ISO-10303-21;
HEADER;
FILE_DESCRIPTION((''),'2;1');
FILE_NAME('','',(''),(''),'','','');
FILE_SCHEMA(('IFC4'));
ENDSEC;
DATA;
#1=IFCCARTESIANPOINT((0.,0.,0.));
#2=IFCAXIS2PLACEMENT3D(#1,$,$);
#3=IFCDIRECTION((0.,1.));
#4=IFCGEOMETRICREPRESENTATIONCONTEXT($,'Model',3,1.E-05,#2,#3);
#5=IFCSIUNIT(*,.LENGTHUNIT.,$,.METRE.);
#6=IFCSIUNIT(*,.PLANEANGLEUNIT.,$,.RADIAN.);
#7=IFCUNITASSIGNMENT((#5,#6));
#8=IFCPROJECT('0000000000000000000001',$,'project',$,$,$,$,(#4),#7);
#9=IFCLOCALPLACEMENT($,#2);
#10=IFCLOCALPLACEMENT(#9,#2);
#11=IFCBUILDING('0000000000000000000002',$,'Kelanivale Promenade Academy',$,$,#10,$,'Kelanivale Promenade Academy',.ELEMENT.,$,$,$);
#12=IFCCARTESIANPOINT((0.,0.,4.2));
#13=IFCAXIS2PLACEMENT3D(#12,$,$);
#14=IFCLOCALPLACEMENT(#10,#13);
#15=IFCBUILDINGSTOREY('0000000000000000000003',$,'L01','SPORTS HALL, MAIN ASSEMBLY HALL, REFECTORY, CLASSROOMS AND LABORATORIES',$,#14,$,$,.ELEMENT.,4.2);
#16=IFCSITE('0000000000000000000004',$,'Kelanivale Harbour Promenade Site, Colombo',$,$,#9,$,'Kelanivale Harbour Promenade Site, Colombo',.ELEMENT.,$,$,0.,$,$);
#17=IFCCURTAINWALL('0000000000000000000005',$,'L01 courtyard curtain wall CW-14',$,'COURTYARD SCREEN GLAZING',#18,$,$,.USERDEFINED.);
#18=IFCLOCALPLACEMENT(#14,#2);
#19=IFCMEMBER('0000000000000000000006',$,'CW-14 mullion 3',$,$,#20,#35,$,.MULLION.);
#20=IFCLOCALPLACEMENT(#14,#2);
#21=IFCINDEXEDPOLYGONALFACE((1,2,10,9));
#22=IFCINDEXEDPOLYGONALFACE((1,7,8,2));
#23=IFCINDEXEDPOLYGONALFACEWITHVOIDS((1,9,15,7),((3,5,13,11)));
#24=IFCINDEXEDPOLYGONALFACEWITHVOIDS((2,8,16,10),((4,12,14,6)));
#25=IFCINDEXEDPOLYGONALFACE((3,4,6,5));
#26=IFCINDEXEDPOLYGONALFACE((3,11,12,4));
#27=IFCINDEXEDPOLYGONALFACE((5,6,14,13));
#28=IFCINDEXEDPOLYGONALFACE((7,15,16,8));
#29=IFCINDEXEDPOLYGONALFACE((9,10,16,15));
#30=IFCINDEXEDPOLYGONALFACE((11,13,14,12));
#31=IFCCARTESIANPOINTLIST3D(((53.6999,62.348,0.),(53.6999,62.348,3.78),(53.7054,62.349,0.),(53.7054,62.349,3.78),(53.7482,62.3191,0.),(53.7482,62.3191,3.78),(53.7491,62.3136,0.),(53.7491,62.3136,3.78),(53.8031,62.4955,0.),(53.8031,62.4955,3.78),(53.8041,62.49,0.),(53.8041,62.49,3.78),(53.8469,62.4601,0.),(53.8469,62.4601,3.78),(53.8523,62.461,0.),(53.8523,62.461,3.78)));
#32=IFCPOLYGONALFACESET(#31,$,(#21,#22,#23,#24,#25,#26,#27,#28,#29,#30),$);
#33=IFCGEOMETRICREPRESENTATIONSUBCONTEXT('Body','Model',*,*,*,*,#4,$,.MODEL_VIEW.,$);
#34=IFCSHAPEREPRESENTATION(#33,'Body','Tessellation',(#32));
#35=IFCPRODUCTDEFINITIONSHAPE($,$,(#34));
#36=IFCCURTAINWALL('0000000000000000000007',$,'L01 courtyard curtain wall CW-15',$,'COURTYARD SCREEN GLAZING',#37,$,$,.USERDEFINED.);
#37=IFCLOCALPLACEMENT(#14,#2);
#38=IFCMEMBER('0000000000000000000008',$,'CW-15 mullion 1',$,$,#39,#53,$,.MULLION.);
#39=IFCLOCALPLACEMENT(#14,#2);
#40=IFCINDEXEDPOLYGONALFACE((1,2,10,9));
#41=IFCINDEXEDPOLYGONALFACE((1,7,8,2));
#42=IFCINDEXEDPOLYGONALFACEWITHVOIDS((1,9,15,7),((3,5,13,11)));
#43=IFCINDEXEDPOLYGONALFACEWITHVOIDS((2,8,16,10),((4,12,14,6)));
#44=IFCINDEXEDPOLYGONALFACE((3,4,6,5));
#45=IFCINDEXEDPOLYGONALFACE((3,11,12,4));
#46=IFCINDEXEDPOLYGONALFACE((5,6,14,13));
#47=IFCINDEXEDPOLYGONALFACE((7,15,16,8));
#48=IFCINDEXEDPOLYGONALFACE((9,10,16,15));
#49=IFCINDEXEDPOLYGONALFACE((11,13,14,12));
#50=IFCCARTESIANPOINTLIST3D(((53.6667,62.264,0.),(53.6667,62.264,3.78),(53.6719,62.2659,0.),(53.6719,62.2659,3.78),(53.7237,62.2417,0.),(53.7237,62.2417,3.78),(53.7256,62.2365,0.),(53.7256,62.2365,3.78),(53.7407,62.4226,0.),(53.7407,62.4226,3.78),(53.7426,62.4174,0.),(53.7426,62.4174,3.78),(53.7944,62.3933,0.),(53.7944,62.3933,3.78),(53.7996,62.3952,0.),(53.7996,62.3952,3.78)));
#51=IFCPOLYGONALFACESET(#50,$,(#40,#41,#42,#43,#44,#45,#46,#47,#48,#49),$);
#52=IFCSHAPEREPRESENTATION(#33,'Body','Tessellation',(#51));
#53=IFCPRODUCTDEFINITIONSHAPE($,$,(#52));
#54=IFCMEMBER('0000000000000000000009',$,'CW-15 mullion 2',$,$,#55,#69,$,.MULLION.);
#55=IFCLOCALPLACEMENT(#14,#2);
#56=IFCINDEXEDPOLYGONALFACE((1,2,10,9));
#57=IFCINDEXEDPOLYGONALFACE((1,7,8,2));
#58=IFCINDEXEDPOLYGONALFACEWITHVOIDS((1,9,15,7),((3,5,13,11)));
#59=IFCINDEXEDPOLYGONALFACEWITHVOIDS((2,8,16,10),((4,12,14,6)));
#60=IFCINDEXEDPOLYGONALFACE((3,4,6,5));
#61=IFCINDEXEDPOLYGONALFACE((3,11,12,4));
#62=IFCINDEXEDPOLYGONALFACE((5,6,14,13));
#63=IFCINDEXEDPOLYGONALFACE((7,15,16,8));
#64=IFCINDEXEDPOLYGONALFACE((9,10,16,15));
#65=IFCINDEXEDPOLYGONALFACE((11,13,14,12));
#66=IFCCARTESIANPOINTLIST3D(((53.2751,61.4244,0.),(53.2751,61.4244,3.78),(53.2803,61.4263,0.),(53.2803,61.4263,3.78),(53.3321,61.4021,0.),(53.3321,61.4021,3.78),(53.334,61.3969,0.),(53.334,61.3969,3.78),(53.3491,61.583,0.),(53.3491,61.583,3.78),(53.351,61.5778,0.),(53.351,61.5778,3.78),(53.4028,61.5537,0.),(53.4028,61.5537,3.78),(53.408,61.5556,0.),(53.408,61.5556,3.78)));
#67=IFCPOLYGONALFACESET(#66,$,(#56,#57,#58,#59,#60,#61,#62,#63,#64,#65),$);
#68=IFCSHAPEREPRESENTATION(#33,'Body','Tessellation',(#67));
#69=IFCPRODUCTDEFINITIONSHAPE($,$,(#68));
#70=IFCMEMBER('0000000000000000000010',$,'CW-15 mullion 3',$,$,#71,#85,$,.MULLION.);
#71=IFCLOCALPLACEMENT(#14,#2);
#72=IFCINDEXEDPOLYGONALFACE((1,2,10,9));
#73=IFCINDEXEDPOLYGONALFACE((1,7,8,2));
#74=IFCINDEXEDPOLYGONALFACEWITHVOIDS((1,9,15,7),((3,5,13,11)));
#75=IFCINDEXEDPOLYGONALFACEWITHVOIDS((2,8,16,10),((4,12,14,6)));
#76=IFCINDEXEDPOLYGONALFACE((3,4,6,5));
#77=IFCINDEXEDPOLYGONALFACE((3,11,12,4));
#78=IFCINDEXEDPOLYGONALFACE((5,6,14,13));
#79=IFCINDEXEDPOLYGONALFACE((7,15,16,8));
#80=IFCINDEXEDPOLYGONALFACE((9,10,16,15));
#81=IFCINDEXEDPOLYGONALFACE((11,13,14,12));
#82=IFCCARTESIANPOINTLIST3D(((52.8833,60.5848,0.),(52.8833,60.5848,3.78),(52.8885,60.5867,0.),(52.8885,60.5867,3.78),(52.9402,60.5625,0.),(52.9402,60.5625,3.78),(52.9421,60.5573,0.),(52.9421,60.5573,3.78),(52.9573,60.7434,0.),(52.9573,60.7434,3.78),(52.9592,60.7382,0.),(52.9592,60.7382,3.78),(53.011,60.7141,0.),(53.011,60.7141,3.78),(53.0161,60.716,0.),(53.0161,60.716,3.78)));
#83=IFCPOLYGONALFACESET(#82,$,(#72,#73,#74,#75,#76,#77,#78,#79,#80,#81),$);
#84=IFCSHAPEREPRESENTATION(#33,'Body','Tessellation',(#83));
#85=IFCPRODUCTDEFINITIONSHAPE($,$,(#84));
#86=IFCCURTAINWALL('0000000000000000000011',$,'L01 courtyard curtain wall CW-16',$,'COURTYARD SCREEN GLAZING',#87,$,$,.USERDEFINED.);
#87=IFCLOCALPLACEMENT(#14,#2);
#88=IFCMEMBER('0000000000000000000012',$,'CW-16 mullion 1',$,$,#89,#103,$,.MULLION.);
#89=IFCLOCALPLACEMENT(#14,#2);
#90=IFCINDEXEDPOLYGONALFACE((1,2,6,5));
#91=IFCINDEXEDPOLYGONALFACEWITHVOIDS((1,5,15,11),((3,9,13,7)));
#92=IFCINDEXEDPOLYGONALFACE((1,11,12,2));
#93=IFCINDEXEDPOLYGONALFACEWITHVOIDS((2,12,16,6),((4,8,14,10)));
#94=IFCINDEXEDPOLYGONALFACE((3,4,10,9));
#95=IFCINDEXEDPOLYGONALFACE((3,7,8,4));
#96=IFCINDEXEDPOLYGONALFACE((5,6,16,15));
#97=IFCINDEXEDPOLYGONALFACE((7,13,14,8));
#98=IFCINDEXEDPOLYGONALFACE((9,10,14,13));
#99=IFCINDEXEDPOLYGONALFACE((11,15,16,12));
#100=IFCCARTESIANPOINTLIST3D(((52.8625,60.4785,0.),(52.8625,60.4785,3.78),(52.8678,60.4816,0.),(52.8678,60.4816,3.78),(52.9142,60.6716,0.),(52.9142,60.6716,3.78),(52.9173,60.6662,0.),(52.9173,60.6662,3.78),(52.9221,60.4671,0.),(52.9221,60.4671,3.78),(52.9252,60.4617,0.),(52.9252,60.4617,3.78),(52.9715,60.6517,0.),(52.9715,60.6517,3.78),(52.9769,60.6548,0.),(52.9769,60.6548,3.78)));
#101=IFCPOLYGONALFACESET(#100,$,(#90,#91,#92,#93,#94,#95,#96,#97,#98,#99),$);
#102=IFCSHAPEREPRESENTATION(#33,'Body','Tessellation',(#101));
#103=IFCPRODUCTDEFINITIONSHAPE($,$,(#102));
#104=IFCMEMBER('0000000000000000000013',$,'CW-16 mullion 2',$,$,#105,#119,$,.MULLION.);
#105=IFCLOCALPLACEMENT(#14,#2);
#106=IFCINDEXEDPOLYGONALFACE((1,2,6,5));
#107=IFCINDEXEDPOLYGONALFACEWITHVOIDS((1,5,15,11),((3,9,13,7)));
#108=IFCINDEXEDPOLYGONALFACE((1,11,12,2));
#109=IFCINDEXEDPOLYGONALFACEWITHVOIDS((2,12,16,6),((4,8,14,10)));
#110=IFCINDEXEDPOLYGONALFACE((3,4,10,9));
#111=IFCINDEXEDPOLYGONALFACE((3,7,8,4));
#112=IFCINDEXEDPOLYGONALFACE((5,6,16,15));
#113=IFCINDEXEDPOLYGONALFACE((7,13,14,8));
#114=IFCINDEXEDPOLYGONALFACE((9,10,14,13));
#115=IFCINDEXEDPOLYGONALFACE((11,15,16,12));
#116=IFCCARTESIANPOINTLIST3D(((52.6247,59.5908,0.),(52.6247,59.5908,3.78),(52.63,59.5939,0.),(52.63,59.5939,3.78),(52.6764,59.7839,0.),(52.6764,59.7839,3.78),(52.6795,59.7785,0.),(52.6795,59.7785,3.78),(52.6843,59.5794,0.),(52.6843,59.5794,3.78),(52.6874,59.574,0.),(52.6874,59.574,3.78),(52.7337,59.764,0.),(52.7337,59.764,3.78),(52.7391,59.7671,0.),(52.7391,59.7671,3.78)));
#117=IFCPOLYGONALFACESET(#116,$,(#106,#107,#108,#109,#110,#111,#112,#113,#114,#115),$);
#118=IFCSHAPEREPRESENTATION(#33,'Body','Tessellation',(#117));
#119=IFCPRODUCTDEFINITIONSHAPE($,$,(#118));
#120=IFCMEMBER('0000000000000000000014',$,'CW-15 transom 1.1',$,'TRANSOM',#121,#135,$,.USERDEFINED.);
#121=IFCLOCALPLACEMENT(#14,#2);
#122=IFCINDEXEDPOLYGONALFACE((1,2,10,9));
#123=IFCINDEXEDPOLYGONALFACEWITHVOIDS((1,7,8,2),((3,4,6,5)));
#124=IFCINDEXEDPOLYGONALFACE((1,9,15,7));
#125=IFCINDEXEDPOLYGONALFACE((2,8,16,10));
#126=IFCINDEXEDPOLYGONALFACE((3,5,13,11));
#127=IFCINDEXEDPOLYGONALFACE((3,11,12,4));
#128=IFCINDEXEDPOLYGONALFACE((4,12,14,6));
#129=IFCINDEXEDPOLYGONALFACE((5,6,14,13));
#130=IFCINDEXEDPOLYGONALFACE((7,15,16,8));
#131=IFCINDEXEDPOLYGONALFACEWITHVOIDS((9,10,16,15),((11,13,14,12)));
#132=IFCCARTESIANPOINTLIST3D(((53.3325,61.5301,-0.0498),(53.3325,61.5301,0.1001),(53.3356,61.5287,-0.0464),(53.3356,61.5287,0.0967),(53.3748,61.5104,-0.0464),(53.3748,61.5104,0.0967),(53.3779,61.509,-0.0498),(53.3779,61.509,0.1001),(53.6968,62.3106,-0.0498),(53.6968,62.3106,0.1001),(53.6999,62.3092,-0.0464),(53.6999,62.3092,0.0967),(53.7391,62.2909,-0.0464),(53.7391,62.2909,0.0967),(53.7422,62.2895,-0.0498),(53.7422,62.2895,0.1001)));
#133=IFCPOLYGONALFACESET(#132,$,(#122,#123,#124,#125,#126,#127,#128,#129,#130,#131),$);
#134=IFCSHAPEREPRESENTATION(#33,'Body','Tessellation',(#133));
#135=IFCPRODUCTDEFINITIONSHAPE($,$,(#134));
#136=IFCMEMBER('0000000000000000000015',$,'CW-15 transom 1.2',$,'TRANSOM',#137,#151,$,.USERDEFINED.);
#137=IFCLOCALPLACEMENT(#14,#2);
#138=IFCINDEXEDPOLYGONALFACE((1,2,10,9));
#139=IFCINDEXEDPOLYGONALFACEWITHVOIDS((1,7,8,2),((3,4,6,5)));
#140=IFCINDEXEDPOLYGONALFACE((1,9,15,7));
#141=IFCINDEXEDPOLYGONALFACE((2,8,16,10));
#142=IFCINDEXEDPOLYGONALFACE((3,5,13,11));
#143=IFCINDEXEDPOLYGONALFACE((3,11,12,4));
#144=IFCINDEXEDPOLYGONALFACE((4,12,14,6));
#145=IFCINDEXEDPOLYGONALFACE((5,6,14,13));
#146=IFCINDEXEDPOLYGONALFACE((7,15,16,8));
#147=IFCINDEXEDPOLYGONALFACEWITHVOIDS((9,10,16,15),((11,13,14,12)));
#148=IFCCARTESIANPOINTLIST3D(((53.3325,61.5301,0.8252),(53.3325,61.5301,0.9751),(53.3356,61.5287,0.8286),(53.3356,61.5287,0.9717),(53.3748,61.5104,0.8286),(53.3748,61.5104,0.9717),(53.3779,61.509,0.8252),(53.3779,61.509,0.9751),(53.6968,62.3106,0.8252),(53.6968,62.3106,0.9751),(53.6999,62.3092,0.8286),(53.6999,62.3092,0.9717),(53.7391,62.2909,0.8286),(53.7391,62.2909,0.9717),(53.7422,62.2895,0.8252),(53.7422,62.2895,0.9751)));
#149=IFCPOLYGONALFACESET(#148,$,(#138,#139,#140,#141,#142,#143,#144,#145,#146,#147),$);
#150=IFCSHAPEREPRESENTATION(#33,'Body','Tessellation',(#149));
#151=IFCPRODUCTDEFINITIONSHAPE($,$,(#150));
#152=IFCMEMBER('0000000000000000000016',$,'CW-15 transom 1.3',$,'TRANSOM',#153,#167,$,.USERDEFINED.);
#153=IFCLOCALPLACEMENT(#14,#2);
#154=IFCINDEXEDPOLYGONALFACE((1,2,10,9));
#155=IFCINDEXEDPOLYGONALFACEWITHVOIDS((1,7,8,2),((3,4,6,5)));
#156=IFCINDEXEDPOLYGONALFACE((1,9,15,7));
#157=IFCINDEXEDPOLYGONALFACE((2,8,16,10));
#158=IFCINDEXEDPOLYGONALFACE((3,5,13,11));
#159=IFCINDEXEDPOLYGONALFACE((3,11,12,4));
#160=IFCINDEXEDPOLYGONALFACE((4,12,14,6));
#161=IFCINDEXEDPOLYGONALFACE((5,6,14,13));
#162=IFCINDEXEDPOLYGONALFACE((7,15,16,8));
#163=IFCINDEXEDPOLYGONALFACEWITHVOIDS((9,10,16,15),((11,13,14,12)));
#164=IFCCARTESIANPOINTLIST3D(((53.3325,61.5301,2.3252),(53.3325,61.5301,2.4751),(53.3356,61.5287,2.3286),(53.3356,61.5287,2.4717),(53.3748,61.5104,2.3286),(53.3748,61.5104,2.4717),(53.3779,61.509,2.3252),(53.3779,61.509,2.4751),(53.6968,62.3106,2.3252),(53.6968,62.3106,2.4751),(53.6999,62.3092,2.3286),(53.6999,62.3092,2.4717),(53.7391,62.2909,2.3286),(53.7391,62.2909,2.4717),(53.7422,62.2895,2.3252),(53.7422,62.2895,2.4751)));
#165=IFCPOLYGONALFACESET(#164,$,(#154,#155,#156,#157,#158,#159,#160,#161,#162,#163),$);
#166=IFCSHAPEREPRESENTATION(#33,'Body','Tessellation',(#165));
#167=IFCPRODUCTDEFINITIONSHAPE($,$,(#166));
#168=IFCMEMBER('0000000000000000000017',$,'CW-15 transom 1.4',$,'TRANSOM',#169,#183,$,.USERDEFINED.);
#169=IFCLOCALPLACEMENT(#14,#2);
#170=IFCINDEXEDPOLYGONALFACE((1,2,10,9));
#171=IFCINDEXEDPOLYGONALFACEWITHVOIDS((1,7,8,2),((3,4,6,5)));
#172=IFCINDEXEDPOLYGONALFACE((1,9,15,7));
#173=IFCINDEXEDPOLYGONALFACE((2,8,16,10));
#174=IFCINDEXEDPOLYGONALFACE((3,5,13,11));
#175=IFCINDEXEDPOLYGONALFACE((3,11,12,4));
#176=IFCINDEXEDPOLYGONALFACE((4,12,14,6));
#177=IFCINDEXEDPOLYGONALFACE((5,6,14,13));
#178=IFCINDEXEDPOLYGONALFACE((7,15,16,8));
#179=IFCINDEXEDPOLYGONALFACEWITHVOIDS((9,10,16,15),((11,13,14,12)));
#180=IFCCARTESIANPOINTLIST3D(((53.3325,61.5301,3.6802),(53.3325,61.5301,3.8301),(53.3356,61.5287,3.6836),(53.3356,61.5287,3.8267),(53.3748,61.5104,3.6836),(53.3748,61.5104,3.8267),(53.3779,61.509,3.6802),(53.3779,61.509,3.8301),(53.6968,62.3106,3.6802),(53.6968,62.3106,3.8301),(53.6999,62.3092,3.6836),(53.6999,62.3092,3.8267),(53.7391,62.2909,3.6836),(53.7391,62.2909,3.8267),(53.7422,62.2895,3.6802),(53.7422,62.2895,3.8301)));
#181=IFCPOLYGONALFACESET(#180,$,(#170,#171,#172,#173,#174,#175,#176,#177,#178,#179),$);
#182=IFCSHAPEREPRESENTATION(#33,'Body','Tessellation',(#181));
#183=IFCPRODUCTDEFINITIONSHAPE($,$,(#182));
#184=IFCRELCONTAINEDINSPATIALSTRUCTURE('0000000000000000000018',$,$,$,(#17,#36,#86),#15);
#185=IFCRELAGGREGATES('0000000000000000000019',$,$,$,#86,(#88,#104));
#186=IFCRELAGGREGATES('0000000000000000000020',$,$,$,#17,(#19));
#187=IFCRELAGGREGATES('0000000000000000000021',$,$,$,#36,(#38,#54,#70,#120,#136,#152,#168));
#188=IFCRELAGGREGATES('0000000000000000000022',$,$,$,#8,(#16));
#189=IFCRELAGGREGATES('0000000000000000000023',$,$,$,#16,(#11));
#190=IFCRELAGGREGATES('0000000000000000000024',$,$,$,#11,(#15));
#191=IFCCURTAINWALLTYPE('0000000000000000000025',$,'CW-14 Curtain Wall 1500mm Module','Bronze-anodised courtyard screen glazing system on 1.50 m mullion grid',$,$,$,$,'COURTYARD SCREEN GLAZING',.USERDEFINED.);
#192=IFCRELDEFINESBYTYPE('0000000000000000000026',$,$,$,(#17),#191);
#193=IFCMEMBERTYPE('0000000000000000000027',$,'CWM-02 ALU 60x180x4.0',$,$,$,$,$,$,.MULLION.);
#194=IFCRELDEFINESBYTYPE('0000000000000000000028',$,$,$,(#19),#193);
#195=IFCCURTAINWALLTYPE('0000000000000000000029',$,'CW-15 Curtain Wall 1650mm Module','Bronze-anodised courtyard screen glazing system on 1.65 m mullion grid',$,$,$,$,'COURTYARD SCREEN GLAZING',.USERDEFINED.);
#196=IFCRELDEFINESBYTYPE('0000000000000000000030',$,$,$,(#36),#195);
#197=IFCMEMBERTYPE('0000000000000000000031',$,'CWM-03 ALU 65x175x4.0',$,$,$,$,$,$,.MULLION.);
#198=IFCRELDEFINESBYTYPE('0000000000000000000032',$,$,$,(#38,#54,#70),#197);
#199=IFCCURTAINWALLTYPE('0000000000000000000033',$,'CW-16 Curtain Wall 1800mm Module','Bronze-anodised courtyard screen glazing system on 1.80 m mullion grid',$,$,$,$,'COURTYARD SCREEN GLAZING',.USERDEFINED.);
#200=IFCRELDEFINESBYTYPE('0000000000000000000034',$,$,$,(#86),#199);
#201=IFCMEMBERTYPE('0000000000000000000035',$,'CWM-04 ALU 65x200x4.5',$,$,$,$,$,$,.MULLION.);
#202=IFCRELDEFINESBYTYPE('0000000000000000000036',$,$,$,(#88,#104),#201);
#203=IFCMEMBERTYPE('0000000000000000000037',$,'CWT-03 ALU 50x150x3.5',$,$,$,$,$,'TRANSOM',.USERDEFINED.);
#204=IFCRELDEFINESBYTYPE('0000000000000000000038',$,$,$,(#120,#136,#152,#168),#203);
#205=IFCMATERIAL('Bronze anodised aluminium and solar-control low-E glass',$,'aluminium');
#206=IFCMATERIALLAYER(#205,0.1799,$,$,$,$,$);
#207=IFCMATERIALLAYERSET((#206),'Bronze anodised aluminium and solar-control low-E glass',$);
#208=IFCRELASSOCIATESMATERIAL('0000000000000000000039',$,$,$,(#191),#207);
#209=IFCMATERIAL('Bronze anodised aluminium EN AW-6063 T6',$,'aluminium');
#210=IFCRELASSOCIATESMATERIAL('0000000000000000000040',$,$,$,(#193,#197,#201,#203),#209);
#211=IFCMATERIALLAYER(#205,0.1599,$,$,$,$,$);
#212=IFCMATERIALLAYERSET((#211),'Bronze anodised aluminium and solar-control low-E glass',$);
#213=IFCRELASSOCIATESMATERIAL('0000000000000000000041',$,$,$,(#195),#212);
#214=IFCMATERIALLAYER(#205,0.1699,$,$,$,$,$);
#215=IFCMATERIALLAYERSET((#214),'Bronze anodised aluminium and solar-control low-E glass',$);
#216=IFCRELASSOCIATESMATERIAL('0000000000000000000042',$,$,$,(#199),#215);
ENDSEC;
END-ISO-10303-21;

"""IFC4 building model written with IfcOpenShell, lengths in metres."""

from ifc_helpers import new_model, si_unit, direction, frame, origin, origin_2d, place, context, subcontext, project, spatial, hollow_rectangle, extrude, material, layer, layer_set, material_profile, profile_set, type_object, element, aggregate, save


model = new_model("IFC4")

# Units and contexts
model_context = context("Model", 3, precision=1e-05, world=origin(), true_north=direction((0.0, 1.0)))
body_context = subcontext(model_context, "Body", "Model", "MODEL_VIEW")
ifc_project = project(units=[si_unit("LENGTHUNIT", "METRE"), si_unit("PLANEANGLEUNIT", "RADIAN")], contexts=[model_context])

# Site, building, storey
site_placement = place(None, origin())
site = spatial("IfcSite", under=ifc_project, at=site_placement, Name="Kelanivale Harbour Promenade Site, Colombo", LongName="Kelanivale Harbour Promenade Site, Colombo", CompositionType="ELEMENT", RefElevation=0.0)
building_placement = place(site_placement, origin())
building = spatial("IfcBuilding", under=site, at=building_placement, Name="Kelanivale Promenade Academy", LongName="Kelanivale Promenade Academy", CompositionType="ELEMENT")
storey_placement = place(building_placement, frame((0.0, 0.0, 4.2)))
storey = spatial("IfcBuildingStorey", under=building, at=storey_placement, Name="L01", Description="SPORTS HALL, MAIN ASSEMBLY HALL, REFECTORY, CLASSROOMS AND LABORATORIES", CompositionType="ELEMENT", Elevation=4.2)

# Curtain wall, member
ifc_material_1 = material(Name="Bronze anodised aluminium and solar-control low-E glass", Category="aluminium")
ifc_layer_1 = layer(ifc_material_1, 0.1799)
ifc_layer_set_1 = layer_set([ifc_layer_1], Name="Bronze anodised aluminium and solar-control low-E glass")
curtain_wall_type_1 = type_object("IfcCurtainWallType", Name="CW-14 Curtain Wall 1500mm Module", Description="Bronze-anodised courtyard screen glazing system on 1.50 m mullion grid", ElementType="COURTYARD SCREEN GLAZING", PredefinedType="USERDEFINED", material=ifc_layer_set_1)
curtain_wall_1_placement = place(storey_placement, origin())
curtain_wall_1 = element("IfcCurtainWall", 1, at=curtain_wall_1_placement, inside=storey, type_object=curtain_wall_type_1, Name="L01 courtyard curtain wall CW-14", ObjectType="COURTYARD SCREEN GLAZING", PredefinedType="USERDEFINED")
ifc_material_2 = material(Name="Bronze anodised aluminium EN AW-6063 T6", Category="aluminium")
ifc_material_profile_1 = material_profile(ifc_material_2, hollow_rectangle(XDim=0.0601, YDim=0.1799, WallThickness=0.0039, at=origin_2d()), Name="ALU 60x180x4.0")
ifc_profile_set_1 = profile_set([ifc_material_profile_1], Name="Bronze anodised aluminium EN AW-6063 T6")
member_type_1 = type_object("IfcMemberType", Name="CWM-02 ALU 60x180x4.0", PredefinedType="MULLION", material=ifc_profile_set_1)
member_1_placement = place(storey_placement, frame((53.7761, 62.4045, 0.0), z_axis=(0.0, 0.0, 1.0), x_axis=(0.819306, -0.573357, 0.0)))
member_1 = element("IfcMember", 2, at=member_1_placement, type_object=member_type_1, Name="CW-14 mullion 3", PredefinedType="MULLION", context=body_context, shape_type="SweptSolid", body=[
    extrude(hollow_rectangle(XDim=0.0601, YDim=0.1799, WallThickness=0.0039, at=origin_2d()), origin(), (0.0, 0.0, 1.0), 3.78),
])

# Curtain walls, members
ifc_layer_2 = layer(ifc_material_1, 0.1599)
ifc_layer_set_2 = layer_set([ifc_layer_2], Name="Bronze anodised aluminium and solar-control low-E glass")
curtain_wall_type_2 = type_object("IfcCurtainWallType", Name="CW-15 Curtain Wall 1650mm Module", Description="Bronze-anodised courtyard screen glazing system on 1.65 m mullion grid", ElementType="COURTYARD SCREEN GLAZING", PredefinedType="USERDEFINED", material=ifc_layer_set_2)
curtain_wall_2_placement = place(storey_placement, origin())
curtain_wall_2 = element("IfcCurtainWall", 3, at=curtain_wall_2_placement, inside=storey, type_object=curtain_wall_type_2, Name="L01 courtyard curtain wall CW-15", ObjectType="COURTYARD SCREEN GLAZING", PredefinedType="USERDEFINED")
ifc_material_profile_2 = material_profile(ifc_material_2, hollow_rectangle(XDim=0.0649, YDim=0.175, WallThickness=0.0039, at=origin_2d()), Name="ALU 65x175x4.0")
ifc_profile_set_2 = profile_set([ifc_material_profile_2], Name="Bronze anodised aluminium EN AW-6063 T6")
member_type_2 = type_object("IfcMemberType", Name="CWM-03 ALU 65x175x4.0", PredefinedType="MULLION", material=ifc_profile_set_2)
member_2_placement = place(storey_placement, frame((53.7332, 62.3296, 0.0), z_axis=(0.0, 0.0, 1.0), x_axis=(0.906196, -0.422857, 0.0)))
member_2 = element("IfcMember", 4, at=member_2_placement, type_object=member_type_2, Name="CW-15 mullion 1", PredefinedType="MULLION", context=body_context, shape_type="SweptSolid", body=[
    extrude(hollow_rectangle(XDim=0.0649, YDim=0.175, WallThickness=0.0039, at=origin_2d()), origin(), (0.0, 0.0, 1.0), 3.78),
])
member_3_placement = place(storey_placement, frame((53.3416, 61.49, 0.0), z_axis=(0.0, 0.0, 1.0), x_axis=(0.906196, -0.422857, 0.0)))
member_3 = element("IfcMember", 5, at=member_3_placement, type_object=member_type_2, Name="CW-15 mullion 2", PredefinedType="MULLION", context=body_context, shape_type="SweptSolid", body=[
    extrude(hollow_rectangle(XDim=0.0649, YDim=0.175, WallThickness=0.0039, at=origin_2d()), origin(), (0.0, 0.0, 1.0), 3.78),
])
member_4_placement = place(storey_placement, frame((52.9497, 60.6504, 0.0), z_axis=(0.0, 0.0, 1.0), x_axis=(0.906196, -0.422857, 0.0)))
member_4 = element("IfcMember", 6, at=member_4_placement, type_object=member_type_2, Name="CW-15 mullion 3", PredefinedType="MULLION", context=body_context, shape_type="SweptSolid", body=[
    extrude(hollow_rectangle(XDim=0.0649, YDim=0.175, WallThickness=0.0039, at=origin_2d()), origin(), (0.0, 0.0, 1.0), 3.78),
])
ifc_layer_3 = layer(ifc_material_1, 0.1699)
ifc_layer_set_3 = layer_set([ifc_layer_3], Name="Bronze anodised aluminium and solar-control low-E glass")
curtain_wall_type_3 = type_object("IfcCurtainWallType", Name="CW-16 Curtain Wall 1800mm Module", Description="Bronze-anodised courtyard screen glazing system on 1.80 m mullion grid", ElementType="COURTYARD SCREEN GLAZING", PredefinedType="USERDEFINED", material=ifc_layer_set_3)
curtain_wall_3_placement = place(storey_placement, origin())
curtain_wall_3 = element("IfcCurtainWall", 7, at=curtain_wall_3_placement, inside=storey, type_object=curtain_wall_type_3, Name="L01 courtyard curtain wall CW-16", ObjectType="COURTYARD SCREEN GLAZING", PredefinedType="USERDEFINED")
ifc_material_profile_3 = material_profile(ifc_material_2, hollow_rectangle(XDim=0.0649, YDim=0.2, WallThickness=0.0044, at=origin_2d()), Name="ALU 65x200x4.5")
ifc_profile_set_3 = profile_set([ifc_material_profile_3], Name="Bronze anodised aluminium EN AW-6063 T6")
member_type_3 = type_object("IfcMemberType", Name="CWM-04 ALU 65x200x4.5", PredefinedType="MULLION", material=ifc_profile_set_3)
member_5_placement = place(storey_placement, frame((52.9197, 60.5667, 0.0), z_axis=(0.0, 0.0, 1.0), x_axis=(0.96599, -0.258578, 0.0)))
member_5 = element("IfcMember", 8, at=member_5_placement, type_object=member_type_3, Name="CW-16 mullion 1", PredefinedType="MULLION", context=body_context, shape_type="SweptSolid", body=[
    extrude(hollow_rectangle(XDim=0.0649, YDim=0.2, WallThickness=0.0044, at=origin_2d()), origin(), (0.0, 0.0, 1.0), 3.78),
])
member_6_placement = place(storey_placement, frame((52.6819, 59.679, 0.0), z_axis=(0.0, 0.0, 1.0), x_axis=(0.96599, -0.258578, 0.0)))
member_6 = element("IfcMember", 9, at=member_6_placement, type_object=member_type_3, Name="CW-16 mullion 2", PredefinedType="MULLION", context=body_context, shape_type="SweptSolid", body=[
    extrude(hollow_rectangle(XDim=0.0649, YDim=0.2, WallThickness=0.0044, at=origin_2d()), origin(), (0.0, 0.0, 1.0), 3.78),
])

# Members
ifc_material_profile_4 = material_profile(ifc_material_2, hollow_rectangle(XDim=0.05, YDim=0.1499, WallThickness=0.0034, at=origin_2d()), Name="ALU 50x150x3.5")
ifc_profile_set_4 = profile_set([ifc_material_profile_4], Name="Bronze anodised aluminium EN AW-6063 T6")
member_type_4 = type_object("IfcMemberType", Name="CWT-03 ALU 50x150x3.5", ElementType="TRANSOM", PredefinedType="USERDEFINED", material=ifc_profile_set_4)
member_7_placement = place(storey_placement, frame((53.7195, 62.3, 0.0251), z_axis=(-0.422901, -0.906176, 0.0), x_axis=(0.906176, -0.422901, 0.0)))
member_7 = element("IfcMember", 10, at=member_7_placement, type_object=member_type_4, Name="CW-15 transom 1.1", ObjectType="TRANSOM", PredefinedType="USERDEFINED", context=body_context, shape_type="SweptSolid", body=[
    extrude(hollow_rectangle(XDim=0.05, YDim=0.1499, WallThickness=0.0034, at=origin_2d()), origin(), (0.0, 0.0, 1.0), 0.8613),
])
member_8_placement = place(storey_placement, frame((53.7195, 62.3, 0.9001), z_axis=(-0.422901, -0.906176, 0.0), x_axis=(0.906176, -0.422901, 0.0)))
member_8 = element("IfcMember", 11, at=member_8_placement, type_object=member_type_4, Name="CW-15 transom 1.2", ObjectType="TRANSOM", PredefinedType="USERDEFINED", context=body_context, shape_type="SweptSolid", body=[
    extrude(hollow_rectangle(XDim=0.05, YDim=0.1499, WallThickness=0.0034, at=origin_2d()), origin(), (0.0, 0.0, 1.0), 0.8613),
])
member_9_placement = place(storey_placement, frame((53.7195, 62.3, 2.4001), z_axis=(-0.422901, -0.906176, 0.0), x_axis=(0.906176, -0.422901, 0.0)))
member_9 = element("IfcMember", 12, at=member_9_placement, type_object=member_type_4, Name="CW-15 transom 1.3", ObjectType="TRANSOM", PredefinedType="USERDEFINED", context=body_context, shape_type="SweptSolid", body=[
    extrude(hollow_rectangle(XDim=0.05, YDim=0.1499, WallThickness=0.0034, at=origin_2d()), origin(), (0.0, 0.0, 1.0), 0.8613),
])
member_10_placement = place(storey_placement, frame((53.7195, 62.3, 3.7551), z_axis=(-0.422901, -0.906176, 0.0), x_axis=(0.906176, -0.422901, 0.0)))
member_10 = element("IfcMember", 13, at=member_10_placement, type_object=member_type_4, Name="CW-15 transom 1.4", ObjectType="TRANSOM", PredefinedType="USERDEFINED", context=body_context, shape_type="SweptSolid", body=[
    extrude(hollow_rectangle(XDim=0.05, YDim=0.1499, WallThickness=0.0034, at=origin_2d()), origin(), (0.0, 0.0, 1.0), 0.8613),
])

aggregate(curtain_wall_3, [member_5, member_6])
aggregate(curtain_wall_1, [member_1])
aggregate(curtain_wall_2, [member_2, member_3, member_4, member_7, member_8, member_9, member_10])

save(model, "model.ifc")
